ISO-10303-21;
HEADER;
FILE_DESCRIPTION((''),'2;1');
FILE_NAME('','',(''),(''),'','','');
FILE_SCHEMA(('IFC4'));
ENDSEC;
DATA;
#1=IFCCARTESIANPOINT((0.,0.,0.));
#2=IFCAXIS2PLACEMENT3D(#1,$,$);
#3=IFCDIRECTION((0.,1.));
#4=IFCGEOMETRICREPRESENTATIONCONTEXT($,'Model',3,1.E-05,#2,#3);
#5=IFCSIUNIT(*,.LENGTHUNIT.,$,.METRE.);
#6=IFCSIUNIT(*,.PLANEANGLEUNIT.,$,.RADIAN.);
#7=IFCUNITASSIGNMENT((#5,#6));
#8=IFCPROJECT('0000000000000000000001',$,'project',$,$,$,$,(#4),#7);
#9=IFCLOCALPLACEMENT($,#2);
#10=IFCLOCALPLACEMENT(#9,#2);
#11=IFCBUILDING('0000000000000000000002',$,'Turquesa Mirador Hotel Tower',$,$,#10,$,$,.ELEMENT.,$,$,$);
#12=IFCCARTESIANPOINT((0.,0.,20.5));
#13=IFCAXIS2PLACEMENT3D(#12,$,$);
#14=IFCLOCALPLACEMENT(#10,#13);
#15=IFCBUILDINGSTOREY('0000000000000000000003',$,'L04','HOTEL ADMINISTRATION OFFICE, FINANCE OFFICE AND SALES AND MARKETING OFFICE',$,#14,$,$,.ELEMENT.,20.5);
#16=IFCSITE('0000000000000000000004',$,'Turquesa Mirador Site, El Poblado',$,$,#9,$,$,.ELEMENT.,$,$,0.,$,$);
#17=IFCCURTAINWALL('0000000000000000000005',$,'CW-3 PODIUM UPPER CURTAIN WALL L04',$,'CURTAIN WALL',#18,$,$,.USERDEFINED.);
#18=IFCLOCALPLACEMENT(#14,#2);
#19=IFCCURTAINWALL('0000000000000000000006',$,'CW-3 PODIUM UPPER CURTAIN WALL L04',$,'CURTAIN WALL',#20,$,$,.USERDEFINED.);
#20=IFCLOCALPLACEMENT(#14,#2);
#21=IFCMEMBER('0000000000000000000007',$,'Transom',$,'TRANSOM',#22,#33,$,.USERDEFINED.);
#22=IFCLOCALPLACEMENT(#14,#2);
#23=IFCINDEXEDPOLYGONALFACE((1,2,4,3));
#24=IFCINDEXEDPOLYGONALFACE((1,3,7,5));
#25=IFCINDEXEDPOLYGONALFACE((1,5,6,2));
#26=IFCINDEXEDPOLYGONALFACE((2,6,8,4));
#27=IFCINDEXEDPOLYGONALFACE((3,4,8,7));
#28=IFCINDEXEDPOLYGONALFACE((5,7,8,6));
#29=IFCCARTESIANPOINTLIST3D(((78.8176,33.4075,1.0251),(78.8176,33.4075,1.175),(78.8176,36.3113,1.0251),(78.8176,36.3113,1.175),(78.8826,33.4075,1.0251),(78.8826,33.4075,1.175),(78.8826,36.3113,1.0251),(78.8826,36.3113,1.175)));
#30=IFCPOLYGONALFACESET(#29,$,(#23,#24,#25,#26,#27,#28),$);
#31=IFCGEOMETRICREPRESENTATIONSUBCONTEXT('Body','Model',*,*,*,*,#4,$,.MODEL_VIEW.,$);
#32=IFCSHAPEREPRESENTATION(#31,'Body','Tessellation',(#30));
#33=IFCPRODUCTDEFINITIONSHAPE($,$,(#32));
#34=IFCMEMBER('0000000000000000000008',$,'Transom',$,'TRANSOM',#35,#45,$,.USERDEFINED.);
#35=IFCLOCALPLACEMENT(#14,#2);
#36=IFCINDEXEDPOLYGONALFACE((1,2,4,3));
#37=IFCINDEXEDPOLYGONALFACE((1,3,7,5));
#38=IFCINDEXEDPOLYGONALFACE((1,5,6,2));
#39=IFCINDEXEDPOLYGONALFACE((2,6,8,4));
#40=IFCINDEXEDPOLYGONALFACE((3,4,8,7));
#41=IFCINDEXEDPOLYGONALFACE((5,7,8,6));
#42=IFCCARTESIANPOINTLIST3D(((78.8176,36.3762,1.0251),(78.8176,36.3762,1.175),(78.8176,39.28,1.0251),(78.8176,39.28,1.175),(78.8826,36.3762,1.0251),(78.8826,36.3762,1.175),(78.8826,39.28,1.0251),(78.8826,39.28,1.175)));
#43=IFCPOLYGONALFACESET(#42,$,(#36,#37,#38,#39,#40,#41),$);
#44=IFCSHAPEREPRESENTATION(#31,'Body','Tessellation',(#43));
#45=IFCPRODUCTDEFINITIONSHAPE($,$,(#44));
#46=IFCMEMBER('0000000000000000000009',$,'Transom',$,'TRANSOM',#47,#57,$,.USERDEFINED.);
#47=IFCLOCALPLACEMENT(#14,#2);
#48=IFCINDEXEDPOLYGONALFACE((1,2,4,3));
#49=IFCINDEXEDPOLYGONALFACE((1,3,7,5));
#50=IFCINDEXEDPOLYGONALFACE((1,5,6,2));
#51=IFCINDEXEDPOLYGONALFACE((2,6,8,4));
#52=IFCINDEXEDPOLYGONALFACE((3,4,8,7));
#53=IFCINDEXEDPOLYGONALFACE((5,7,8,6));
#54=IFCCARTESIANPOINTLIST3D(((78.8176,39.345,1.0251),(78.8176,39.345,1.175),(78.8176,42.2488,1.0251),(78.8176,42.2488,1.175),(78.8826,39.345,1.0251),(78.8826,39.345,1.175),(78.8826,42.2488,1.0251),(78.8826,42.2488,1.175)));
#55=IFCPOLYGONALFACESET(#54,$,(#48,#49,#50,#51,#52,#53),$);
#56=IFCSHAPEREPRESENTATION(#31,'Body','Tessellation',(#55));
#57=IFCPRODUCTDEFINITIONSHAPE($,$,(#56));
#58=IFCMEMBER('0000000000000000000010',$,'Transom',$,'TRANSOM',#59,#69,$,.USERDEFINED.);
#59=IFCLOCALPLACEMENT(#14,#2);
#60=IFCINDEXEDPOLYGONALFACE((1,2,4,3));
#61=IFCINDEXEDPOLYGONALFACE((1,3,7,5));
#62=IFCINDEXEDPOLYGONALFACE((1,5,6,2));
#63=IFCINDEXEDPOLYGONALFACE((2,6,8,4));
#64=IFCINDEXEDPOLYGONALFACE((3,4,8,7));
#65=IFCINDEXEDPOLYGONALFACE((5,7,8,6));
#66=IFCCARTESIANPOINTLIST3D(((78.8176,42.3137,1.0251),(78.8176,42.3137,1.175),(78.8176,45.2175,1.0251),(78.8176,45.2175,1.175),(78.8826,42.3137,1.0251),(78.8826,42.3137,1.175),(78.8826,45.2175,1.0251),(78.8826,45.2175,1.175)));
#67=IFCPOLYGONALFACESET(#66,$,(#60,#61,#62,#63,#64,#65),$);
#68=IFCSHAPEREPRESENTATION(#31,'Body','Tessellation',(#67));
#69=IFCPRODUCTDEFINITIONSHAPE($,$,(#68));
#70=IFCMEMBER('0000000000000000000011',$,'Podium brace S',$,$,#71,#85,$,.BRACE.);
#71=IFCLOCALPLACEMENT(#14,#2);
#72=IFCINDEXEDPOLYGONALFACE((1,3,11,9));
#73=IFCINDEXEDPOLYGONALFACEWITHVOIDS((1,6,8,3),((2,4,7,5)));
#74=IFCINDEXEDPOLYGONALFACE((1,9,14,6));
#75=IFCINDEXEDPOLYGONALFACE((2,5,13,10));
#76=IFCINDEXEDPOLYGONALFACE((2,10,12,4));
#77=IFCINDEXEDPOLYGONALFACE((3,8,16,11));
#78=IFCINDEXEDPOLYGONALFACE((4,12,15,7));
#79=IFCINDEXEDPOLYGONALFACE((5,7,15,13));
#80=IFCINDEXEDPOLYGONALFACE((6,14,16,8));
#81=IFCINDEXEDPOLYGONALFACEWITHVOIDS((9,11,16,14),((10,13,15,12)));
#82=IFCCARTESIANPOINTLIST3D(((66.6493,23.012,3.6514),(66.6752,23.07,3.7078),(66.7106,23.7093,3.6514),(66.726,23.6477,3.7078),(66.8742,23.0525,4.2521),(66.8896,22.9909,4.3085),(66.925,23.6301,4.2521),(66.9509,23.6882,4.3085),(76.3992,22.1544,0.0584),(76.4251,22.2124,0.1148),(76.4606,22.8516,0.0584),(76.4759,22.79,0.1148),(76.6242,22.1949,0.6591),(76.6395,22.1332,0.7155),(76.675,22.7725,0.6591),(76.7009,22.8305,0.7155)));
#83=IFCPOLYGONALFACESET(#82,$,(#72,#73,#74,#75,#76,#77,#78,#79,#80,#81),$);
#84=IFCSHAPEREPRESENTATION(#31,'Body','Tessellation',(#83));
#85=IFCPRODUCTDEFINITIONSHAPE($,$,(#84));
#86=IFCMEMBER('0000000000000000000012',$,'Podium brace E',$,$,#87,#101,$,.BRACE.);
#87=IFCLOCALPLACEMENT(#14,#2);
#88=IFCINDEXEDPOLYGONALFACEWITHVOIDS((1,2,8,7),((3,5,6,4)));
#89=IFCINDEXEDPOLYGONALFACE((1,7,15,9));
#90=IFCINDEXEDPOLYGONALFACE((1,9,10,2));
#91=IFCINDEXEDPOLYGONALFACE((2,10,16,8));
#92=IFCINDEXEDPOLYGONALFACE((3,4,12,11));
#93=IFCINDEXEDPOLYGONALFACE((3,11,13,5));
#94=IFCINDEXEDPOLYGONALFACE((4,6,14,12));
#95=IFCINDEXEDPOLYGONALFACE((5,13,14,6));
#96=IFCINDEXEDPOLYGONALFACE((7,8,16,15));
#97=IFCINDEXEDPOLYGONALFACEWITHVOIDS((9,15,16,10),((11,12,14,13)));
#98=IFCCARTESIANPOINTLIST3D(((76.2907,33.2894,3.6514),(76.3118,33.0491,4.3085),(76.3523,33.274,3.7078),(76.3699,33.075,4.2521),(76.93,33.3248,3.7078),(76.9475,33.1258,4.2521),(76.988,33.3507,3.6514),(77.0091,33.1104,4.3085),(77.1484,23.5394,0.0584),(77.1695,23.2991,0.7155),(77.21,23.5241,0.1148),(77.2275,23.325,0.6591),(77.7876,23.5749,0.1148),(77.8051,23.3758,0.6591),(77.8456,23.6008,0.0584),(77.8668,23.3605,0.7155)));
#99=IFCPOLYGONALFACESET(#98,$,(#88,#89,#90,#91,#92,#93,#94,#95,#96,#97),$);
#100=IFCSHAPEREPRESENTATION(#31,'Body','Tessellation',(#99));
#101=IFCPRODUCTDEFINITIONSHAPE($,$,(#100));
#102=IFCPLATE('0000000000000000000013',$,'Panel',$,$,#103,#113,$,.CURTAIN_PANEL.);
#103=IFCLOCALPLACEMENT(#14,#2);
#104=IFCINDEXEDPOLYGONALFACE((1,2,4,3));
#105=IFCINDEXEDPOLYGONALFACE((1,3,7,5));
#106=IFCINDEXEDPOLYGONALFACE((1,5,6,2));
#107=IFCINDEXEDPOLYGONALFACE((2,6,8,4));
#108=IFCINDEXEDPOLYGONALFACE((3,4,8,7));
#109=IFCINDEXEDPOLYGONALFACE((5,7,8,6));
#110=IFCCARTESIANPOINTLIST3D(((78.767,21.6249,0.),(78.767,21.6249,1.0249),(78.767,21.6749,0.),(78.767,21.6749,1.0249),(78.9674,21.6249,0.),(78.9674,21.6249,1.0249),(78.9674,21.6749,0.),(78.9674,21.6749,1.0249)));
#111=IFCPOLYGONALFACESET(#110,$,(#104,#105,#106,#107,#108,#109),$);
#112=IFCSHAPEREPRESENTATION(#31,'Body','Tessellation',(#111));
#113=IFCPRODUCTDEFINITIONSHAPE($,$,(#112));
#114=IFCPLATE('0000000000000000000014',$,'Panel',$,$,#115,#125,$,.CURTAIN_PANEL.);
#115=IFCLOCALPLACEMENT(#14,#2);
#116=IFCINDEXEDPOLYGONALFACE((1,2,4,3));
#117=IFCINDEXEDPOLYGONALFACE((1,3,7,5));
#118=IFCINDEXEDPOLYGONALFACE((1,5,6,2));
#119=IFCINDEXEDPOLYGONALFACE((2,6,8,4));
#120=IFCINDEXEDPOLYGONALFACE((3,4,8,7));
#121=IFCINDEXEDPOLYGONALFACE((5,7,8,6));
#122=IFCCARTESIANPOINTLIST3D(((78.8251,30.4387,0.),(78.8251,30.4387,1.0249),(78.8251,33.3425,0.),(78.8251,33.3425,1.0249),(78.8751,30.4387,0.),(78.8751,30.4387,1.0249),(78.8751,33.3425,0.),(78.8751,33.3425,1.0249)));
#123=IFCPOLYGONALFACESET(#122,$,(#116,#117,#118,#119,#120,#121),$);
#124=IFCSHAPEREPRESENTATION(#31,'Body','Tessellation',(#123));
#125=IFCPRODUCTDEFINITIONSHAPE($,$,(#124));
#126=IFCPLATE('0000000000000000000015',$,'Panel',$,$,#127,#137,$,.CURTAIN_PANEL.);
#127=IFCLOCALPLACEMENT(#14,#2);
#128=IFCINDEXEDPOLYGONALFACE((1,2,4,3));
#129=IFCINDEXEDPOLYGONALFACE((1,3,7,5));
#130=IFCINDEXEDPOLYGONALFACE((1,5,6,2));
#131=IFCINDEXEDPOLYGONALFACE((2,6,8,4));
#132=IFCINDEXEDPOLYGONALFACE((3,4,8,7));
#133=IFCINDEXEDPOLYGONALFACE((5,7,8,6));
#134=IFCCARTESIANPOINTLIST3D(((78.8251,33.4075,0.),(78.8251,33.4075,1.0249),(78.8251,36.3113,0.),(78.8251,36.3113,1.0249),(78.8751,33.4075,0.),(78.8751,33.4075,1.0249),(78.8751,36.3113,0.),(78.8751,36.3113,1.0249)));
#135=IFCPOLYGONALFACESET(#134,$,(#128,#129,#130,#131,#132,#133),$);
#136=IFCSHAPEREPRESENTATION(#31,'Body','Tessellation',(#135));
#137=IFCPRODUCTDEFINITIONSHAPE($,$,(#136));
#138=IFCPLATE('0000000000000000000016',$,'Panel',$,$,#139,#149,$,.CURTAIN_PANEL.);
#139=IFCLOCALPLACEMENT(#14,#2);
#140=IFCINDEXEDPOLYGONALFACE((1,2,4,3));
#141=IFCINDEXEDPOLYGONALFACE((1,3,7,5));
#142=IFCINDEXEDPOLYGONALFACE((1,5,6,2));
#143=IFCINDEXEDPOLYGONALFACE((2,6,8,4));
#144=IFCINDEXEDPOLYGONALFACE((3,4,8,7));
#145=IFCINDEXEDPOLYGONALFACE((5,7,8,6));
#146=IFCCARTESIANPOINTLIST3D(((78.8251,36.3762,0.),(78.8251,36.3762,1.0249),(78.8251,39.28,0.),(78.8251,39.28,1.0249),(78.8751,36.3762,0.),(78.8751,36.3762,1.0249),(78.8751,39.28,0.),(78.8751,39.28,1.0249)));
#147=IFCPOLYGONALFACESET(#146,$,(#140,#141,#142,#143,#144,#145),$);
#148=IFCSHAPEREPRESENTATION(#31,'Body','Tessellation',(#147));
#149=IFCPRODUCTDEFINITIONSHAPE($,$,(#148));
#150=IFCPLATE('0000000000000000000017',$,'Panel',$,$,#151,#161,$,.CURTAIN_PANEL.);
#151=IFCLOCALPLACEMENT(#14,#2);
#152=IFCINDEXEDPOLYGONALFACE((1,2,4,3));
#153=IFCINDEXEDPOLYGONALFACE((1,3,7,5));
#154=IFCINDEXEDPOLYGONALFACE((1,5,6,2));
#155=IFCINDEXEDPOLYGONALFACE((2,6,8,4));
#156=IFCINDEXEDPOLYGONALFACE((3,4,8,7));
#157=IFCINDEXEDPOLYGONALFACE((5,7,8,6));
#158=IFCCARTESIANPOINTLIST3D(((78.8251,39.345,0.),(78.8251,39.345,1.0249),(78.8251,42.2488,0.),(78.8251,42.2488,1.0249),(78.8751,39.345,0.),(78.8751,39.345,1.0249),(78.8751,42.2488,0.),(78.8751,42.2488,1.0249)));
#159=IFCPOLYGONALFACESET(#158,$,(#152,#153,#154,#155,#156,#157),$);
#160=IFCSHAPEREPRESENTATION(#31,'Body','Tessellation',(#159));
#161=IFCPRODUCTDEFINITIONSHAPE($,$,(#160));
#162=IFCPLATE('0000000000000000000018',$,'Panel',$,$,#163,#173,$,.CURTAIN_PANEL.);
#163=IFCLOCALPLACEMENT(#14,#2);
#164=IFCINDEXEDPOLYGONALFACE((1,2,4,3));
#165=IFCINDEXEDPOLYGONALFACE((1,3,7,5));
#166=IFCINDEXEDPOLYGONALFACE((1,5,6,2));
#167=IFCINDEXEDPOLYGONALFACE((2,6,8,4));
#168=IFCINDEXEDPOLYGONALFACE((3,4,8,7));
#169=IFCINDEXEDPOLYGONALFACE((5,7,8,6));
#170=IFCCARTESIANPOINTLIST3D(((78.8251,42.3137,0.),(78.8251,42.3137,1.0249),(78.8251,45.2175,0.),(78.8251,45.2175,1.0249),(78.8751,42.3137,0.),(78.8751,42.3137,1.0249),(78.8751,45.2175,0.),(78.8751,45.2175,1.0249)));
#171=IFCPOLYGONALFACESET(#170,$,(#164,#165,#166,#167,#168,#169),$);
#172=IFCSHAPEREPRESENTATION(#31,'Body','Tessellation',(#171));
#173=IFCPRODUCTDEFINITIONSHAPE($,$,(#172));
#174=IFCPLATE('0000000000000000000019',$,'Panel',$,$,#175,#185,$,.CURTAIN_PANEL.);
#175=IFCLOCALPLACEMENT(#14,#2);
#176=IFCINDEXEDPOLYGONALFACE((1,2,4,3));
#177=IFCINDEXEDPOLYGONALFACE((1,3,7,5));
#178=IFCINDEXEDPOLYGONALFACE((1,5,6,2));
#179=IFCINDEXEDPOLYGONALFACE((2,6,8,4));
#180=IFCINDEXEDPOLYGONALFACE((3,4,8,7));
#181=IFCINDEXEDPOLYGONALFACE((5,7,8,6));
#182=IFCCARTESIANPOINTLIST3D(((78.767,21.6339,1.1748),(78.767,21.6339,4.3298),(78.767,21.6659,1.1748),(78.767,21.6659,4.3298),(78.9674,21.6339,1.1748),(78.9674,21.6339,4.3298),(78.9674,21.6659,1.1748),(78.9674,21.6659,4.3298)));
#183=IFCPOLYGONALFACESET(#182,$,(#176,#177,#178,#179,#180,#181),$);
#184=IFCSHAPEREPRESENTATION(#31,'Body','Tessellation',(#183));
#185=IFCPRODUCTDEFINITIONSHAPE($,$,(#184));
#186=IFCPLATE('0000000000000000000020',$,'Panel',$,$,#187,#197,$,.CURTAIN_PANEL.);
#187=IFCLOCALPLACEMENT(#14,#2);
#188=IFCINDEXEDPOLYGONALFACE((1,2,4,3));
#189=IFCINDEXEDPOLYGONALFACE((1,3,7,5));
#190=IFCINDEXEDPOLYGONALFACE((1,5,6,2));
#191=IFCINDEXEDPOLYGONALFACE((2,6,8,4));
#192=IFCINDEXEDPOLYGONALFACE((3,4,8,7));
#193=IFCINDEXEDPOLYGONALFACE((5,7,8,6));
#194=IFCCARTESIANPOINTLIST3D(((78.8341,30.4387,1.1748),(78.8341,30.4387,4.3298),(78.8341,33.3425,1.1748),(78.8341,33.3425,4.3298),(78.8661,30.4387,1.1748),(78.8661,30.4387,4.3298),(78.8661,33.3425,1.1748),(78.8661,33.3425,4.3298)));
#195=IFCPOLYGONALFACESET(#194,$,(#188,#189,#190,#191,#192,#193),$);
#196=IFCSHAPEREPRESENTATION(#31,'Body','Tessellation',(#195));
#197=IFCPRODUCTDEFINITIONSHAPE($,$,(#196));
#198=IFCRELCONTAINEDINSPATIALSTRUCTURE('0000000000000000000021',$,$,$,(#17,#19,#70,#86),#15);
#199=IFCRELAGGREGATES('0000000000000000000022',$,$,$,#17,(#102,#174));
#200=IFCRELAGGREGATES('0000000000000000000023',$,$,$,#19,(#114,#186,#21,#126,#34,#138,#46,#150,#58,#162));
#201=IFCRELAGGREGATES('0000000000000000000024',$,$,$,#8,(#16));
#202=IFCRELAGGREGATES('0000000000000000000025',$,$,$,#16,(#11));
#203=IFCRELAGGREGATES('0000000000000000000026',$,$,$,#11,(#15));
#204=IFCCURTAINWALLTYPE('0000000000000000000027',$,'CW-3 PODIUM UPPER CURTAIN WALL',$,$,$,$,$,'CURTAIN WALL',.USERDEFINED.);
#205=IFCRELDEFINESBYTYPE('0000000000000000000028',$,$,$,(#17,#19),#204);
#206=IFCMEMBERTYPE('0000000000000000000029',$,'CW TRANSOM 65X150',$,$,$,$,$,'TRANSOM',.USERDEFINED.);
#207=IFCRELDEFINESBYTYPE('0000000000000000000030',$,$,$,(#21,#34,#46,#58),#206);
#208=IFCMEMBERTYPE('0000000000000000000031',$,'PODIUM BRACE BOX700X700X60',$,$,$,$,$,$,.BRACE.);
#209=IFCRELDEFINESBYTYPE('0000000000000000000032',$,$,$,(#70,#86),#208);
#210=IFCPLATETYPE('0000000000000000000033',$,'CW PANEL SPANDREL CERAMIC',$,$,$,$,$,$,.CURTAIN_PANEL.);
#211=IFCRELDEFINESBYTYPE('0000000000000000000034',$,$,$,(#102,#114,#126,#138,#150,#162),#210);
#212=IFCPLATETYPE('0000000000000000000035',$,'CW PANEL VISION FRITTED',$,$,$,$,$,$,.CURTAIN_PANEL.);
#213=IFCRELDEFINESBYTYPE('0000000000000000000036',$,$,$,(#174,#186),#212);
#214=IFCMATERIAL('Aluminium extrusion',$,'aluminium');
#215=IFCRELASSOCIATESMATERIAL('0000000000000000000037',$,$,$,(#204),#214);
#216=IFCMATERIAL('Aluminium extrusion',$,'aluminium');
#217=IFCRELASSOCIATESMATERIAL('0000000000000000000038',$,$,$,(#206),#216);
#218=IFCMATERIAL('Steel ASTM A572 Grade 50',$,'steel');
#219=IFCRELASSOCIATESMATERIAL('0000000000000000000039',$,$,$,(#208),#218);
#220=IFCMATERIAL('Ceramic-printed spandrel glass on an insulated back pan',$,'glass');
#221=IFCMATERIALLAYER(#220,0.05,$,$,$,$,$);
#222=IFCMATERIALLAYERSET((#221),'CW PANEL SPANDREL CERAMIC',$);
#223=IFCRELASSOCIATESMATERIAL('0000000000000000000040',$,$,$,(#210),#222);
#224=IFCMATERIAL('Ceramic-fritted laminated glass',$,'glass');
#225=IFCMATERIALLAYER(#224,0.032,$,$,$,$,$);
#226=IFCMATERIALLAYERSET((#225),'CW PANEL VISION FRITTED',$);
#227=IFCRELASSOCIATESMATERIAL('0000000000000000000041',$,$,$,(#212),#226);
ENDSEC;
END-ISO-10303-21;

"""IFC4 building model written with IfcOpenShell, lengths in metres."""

from ifc_helpers import new_model, si_unit, direction, frame, origin, origin_2d, place, context, subcontext, project, spatial, rectangle, hollow_rectangle, extrude, material, layer, layer_set, material_profile, profile_set, type_object, element, aggregate, save


model = new_model("IFC4")

# Units and contexts
model_context = context("Model", 3, precision=1e-05, world=origin(), true_north=direction((0.0, 1.0)))
body_context = subcontext(model_context, "Body", "Model", "MODEL_VIEW")
ifc_project = project(units=[si_unit("LENGTHUNIT", "METRE"), si_unit("PLANEANGLEUNIT", "RADIAN")], contexts=[model_context])

# Site, building, storey
site_placement = place(None, origin())
site = spatial("IfcSite", under=ifc_project, at=site_placement, Name="Turquesa Mirador Site, El Poblado", CompositionType="ELEMENT", RefElevation=0.0)
building_placement = place(site_placement, origin())
building = spatial("IfcBuilding", under=site, at=building_placement, Name="Turquesa Mirador Hotel Tower", CompositionType="ELEMENT")
storey_placement = place(building_placement, frame((0.0, 0.0, 20.5)))
storey = spatial("IfcBuildingStorey", under=building, at=storey_placement, Name="L04", Description="HOTEL ADMINISTRATION OFFICE, FINANCE OFFICE AND SALES AND MARKETING OFFICE", CompositionType="ELEMENT", Elevation=20.5)

# Curtain walls
ifc_material_1 = material(Name="Aluminium extrusion", Category="aluminium")
curtain_wall_type = type_object("IfcCurtainWallType", Name="CW-3 PODIUM UPPER CURTAIN WALL", ElementType="CURTAIN WALL", PredefinedType="USERDEFINED", material=ifc_material_1)
curtain_wall_1_placement = place(storey_placement, origin())
curtain_wall_1 = element("IfcCurtainWall", 1, at=curtain_wall_1_placement, inside=storey, type_object=curtain_wall_type, Name="CW-3 PODIUM UPPER CURTAIN WALL L04", ObjectType="CURTAIN WALL", PredefinedType="USERDEFINED")
curtain_wall_2_placement = place(storey_placement, origin())
curtain_wall_2 = element("IfcCurtainWall", 2, at=curtain_wall_2_placement, inside=storey, type_object=curtain_wall_type, Name="CW-3 PODIUM UPPER CURTAIN WALL L04", ObjectType="CURTAIN WALL", PredefinedType="USERDEFINED")

# Members
ifc_material_2 = material(Name="Aluminium extrusion", Category="aluminium")
ifc_material_profile_1 = material_profile(ifc_material_2, rectangle(XDim=0.0649, YDim=0.1499, at=origin_2d()), Name="TRANSOM 65X150")
ifc_profile_set_1 = profile_set([ifc_material_profile_1], Name="Aluminium extrusion")
member_type_1 = type_object("IfcMemberType", Name="CW TRANSOM 65X150", ElementType="TRANSOM", PredefinedType="USERDEFINED", material=ifc_profile_set_1)
member_1_placement = place(storey_placement, frame((78.8501, 33.4075, 1.1001), z_axis=(0.0, 1.0, 0.0), x_axis=(-1.0, 0.0, 0.0)))
member_1 = element("IfcMember", 3, at=member_1_placement, type_object=member_type_1, Name="Transom", ObjectType="TRANSOM", PredefinedType="USERDEFINED", context=body_context, shape_type="SweptSolid", body=[
    extrude(rectangle(XDim=0.0649, YDim=0.1499, at=origin_2d()), origin(), (0.0, 0.0, 1.0), 2.9038),
])
member_2_placement = place(storey_placement, frame((78.8501, 36.3762, 1.1001), z_axis=(0.0, 1.0, 0.0), x_axis=(-1.0, 0.0, 0.0)))
member_2 = element("IfcMember", 4, at=member_2_placement, type_object=member_type_1, Name="Transom", ObjectType="TRANSOM", PredefinedType="USERDEFINED", context=body_context, shape_type="SweptSolid", body=[
    extrude(rectangle(XDim=0.0649, YDim=0.1499, at=origin_2d()), origin(), (0.0, 0.0, 1.0), 2.9038),
])
member_3_placement = place(storey_placement, frame((78.8501, 39.345, 1.1001), z_axis=(0.0, 1.0, 0.0), x_axis=(-1.0, 0.0, 0.0)))
member_3 = element("IfcMember", 5, at=member_3_placement, type_object=member_type_1, Name="Transom", ObjectType="TRANSOM", PredefinedType="USERDEFINED", context=body_context, shape_type="SweptSolid", body=[
    extrude(rectangle(XDim=0.0649, YDim=0.1499, at=origin_2d()), origin(), (0.0, 0.0, 1.0), 2.9038),
])
member_4_placement = place(storey_placement, frame((78.8501, 42.3137, 1.1001), z_axis=(0.0, 1.0, 0.0), x_axis=(-1.0, 0.0, 0.0)))
member_4 = element("IfcMember", 6, at=member_4_placement, type_object=member_type_1, Name="Transom", ObjectType="TRANSOM", PredefinedType="USERDEFINED", context=body_context, shape_type="SweptSolid", body=[
    extrude(rectangle(XDim=0.0649, YDim=0.1499, at=origin_2d()), origin(), (0.0, 0.0, 1.0), 2.9038),
])

# Members
ifc_material_3 = material(Name="Steel ASTM A572 Grade 50", Category="steel")
ifc_material_profile_2 = material_profile(ifc_material_3, hollow_rectangle(XDim=0.7, YDim=0.7, WallThickness=0.0601, at=origin_2d()), Name="BOX700X700X60")
ifc_profile_set_2 = profile_set([ifc_material_profile_2], Name="Steel ASTM A572 Grade 50")
member_type_2 = type_object("IfcMemberType", Name="PODIUM BRACE BOX700X700X60", PredefinedType="BRACE", material=ifc_profile_set_2)
for number, where, z_axis, x_axis, name in (
    (7, (76.55, 22.4924, 0.387), (-0.935135, 0.08226, 0.344611), (-0.087627, -0.996153, 0.0), "Podium brace S"),
    (8, (77.5076, 23.45, 0.387), (-0.08226, 0.935135, 0.344611), (-0.996153, -0.087627, 0.0), "Podium brace E"),
):
    element("IfcMember", number, at=place(storey_placement, frame(where, z_axis=z_axis, x_axis=x_axis)), inside=storey, type_object=member_type_2, Name=name, PredefinedType="BRACE", context=body_context, shape_type="SweptSolid", body=[
        extrude(hollow_rectangle(XDim=0.7, YDim=0.7, WallThickness=0.0601, at=origin_2d()), origin(), (0.0, 0.0, 1.0), 10.4263),
    ])

# Plates
ifc_material_4 = material(Name="Ceramic-printed spandrel glass on an insulated back pan", Category="glass")
ifc_layer_1 = layer(ifc_material_4, 0.05)
ifc_layer_set_1 = layer_set([ifc_layer_1], Name="CW PANEL SPANDREL CERAMIC")
plate_type_1 = type_object("IfcPlateType", Name="CW PANEL SPANDREL CERAMIC", PredefinedType="CURTAIN_PANEL", material=ifc_layer_set_1)
plate_1_placement = place(storey_placement, frame((78.8672, 21.6499, 0.0), z_axis=(0.0, 0.0, 1.0), x_axis=(1.0, 0.0, 0.0)))
plate_1 = element("IfcPlate", 9, at=plate_1_placement, type_object=plate_type_1, Name="Panel", PredefinedType="CURTAIN_PANEL", context=body_context, shape_type="SweptSolid", body=[
    extrude(rectangle(XDim=0.2004, YDim=0.05, at=origin_2d()), origin(), (0.0, 0.0, 1.0), 1.0249),
])
plate_2_placement = place(storey_placement, frame((78.8501, 31.8906, 0.0), z_axis=(0.0, 0.0, 1.0), x_axis=(0.0, 1.0, 0.0)))
plate_2 = element("IfcPlate", 10, at=plate_2_placement, type_object=plate_type_1, Name="Panel", PredefinedType="CURTAIN_PANEL", context=body_context, shape_type="SweptSolid", body=[
    extrude(rectangle(XDim=2.9038, YDim=0.05, at=origin_2d()), origin(), (0.0, 0.0, 1.0), 1.0249),
])
plate_3_placement = place(storey_placement, frame((78.8501, 34.8594, 0.0), z_axis=(0.0, 0.0, 1.0), x_axis=(0.0, 1.0, 0.0)))
plate_3 = element("IfcPlate", 11, at=plate_3_placement, type_object=plate_type_1, Name="Panel", PredefinedType="CURTAIN_PANEL", context=body_context, shape_type="SweptSolid", body=[
    extrude(rectangle(XDim=2.9038, YDim=0.05, at=origin_2d()), origin(), (0.0, 0.0, 1.0), 1.0249),
])
plate_4_placement = place(storey_placement, frame((78.8501, 37.8281, 0.0), z_axis=(0.0, 0.0, 1.0), x_axis=(0.0, 1.0, 0.0)))
plate_4 = element("IfcPlate", 12, at=plate_4_placement, type_object=plate_type_1, Name="Panel", PredefinedType="CURTAIN_PANEL", context=body_context, shape_type="SweptSolid", body=[
    extrude(rectangle(XDim=2.9038, YDim=0.05, at=origin_2d()), origin(), (0.0, 0.0, 1.0), 1.0249),
])
plate_5_placement = place(storey_placement, frame((78.8501, 40.7969, 0.0), z_axis=(0.0, 0.0, 1.0), x_axis=(0.0, 1.0, 0.0)))
plate_5 = element("IfcPlate", 13, at=plate_5_placement, type_object=plate_type_1, Name="Panel", PredefinedType="CURTAIN_PANEL", context=body_context, shape_type="SweptSolid", body=[
    extrude(rectangle(XDim=2.9038, YDim=0.05, at=origin_2d()), origin(), (0.0, 0.0, 1.0), 1.0249),
])
plate_6_placement = place(storey_placement, frame((78.8501, 43.7656, 0.0), z_axis=(0.0, 0.0, 1.0), x_axis=(0.0, 1.0, 0.0)))
plate_6 = element("IfcPlate", 14, at=plate_6_placement, type_object=plate_type_1, Name="Panel", PredefinedType="CURTAIN_PANEL", context=body_context, shape_type="SweptSolid", body=[
    extrude(rectangle(XDim=2.9038, YDim=0.05, at=origin_2d()), origin(), (0.0, 0.0, 1.0), 1.0249),
])
ifc_material_5 = material(Name="Ceramic-fritted laminated glass", Category="glass")
ifc_layer_2 = layer(ifc_material_5, 0.032)
ifc_layer_set_2 = layer_set([ifc_layer_2], Name="CW PANEL VISION FRITTED")
plate_type_2 = type_object("IfcPlateType", Name="CW PANEL VISION FRITTED", PredefinedType="CURTAIN_PANEL", material=ifc_layer_set_2)
plate_7_placement = place(storey_placement, frame((78.8672, 21.6499, 1.1748), z_axis=(0.0, 0.0, 1.0), x_axis=(1.0, 0.0, 0.0)))
plate_7 = element("IfcPlate", 15, at=plate_7_placement, type_object=plate_type_2, Name="Panel", PredefinedType="CURTAIN_PANEL", context=body_context, shape_type="SweptSolid", body=[
    extrude(rectangle(XDim=0.2004, YDim=0.032, at=origin_2d()), origin(), (0.0, 0.0, 1.0), 3.155),
])
aggregate(curtain_wall_1, [plate_1, plate_7])
plate_8_placement = place(storey_placement, frame((78.8501, 31.8906, 1.1748), z_axis=(0.0, 0.0, 1.0), x_axis=(0.0, 1.0, 0.0)))
plate_8 = element("IfcPlate", 16, at=plate_8_placement, type_object=plate_type_2, Name="Panel", PredefinedType="CURTAIN_PANEL", context=body_context, shape_type="SweptSolid", body=[
    extrude(rectangle(XDim=2.9038, YDim=0.032, at=origin_2d()), origin(), (0.0, 0.0, 1.0), 3.155),
])
aggregate(curtain_wall_2, [plate_2, plate_8, member_1, plate_3, member_2, plate_4, member_3, plate_5, member_4, plate_6])

save(model, "model.ifc")
